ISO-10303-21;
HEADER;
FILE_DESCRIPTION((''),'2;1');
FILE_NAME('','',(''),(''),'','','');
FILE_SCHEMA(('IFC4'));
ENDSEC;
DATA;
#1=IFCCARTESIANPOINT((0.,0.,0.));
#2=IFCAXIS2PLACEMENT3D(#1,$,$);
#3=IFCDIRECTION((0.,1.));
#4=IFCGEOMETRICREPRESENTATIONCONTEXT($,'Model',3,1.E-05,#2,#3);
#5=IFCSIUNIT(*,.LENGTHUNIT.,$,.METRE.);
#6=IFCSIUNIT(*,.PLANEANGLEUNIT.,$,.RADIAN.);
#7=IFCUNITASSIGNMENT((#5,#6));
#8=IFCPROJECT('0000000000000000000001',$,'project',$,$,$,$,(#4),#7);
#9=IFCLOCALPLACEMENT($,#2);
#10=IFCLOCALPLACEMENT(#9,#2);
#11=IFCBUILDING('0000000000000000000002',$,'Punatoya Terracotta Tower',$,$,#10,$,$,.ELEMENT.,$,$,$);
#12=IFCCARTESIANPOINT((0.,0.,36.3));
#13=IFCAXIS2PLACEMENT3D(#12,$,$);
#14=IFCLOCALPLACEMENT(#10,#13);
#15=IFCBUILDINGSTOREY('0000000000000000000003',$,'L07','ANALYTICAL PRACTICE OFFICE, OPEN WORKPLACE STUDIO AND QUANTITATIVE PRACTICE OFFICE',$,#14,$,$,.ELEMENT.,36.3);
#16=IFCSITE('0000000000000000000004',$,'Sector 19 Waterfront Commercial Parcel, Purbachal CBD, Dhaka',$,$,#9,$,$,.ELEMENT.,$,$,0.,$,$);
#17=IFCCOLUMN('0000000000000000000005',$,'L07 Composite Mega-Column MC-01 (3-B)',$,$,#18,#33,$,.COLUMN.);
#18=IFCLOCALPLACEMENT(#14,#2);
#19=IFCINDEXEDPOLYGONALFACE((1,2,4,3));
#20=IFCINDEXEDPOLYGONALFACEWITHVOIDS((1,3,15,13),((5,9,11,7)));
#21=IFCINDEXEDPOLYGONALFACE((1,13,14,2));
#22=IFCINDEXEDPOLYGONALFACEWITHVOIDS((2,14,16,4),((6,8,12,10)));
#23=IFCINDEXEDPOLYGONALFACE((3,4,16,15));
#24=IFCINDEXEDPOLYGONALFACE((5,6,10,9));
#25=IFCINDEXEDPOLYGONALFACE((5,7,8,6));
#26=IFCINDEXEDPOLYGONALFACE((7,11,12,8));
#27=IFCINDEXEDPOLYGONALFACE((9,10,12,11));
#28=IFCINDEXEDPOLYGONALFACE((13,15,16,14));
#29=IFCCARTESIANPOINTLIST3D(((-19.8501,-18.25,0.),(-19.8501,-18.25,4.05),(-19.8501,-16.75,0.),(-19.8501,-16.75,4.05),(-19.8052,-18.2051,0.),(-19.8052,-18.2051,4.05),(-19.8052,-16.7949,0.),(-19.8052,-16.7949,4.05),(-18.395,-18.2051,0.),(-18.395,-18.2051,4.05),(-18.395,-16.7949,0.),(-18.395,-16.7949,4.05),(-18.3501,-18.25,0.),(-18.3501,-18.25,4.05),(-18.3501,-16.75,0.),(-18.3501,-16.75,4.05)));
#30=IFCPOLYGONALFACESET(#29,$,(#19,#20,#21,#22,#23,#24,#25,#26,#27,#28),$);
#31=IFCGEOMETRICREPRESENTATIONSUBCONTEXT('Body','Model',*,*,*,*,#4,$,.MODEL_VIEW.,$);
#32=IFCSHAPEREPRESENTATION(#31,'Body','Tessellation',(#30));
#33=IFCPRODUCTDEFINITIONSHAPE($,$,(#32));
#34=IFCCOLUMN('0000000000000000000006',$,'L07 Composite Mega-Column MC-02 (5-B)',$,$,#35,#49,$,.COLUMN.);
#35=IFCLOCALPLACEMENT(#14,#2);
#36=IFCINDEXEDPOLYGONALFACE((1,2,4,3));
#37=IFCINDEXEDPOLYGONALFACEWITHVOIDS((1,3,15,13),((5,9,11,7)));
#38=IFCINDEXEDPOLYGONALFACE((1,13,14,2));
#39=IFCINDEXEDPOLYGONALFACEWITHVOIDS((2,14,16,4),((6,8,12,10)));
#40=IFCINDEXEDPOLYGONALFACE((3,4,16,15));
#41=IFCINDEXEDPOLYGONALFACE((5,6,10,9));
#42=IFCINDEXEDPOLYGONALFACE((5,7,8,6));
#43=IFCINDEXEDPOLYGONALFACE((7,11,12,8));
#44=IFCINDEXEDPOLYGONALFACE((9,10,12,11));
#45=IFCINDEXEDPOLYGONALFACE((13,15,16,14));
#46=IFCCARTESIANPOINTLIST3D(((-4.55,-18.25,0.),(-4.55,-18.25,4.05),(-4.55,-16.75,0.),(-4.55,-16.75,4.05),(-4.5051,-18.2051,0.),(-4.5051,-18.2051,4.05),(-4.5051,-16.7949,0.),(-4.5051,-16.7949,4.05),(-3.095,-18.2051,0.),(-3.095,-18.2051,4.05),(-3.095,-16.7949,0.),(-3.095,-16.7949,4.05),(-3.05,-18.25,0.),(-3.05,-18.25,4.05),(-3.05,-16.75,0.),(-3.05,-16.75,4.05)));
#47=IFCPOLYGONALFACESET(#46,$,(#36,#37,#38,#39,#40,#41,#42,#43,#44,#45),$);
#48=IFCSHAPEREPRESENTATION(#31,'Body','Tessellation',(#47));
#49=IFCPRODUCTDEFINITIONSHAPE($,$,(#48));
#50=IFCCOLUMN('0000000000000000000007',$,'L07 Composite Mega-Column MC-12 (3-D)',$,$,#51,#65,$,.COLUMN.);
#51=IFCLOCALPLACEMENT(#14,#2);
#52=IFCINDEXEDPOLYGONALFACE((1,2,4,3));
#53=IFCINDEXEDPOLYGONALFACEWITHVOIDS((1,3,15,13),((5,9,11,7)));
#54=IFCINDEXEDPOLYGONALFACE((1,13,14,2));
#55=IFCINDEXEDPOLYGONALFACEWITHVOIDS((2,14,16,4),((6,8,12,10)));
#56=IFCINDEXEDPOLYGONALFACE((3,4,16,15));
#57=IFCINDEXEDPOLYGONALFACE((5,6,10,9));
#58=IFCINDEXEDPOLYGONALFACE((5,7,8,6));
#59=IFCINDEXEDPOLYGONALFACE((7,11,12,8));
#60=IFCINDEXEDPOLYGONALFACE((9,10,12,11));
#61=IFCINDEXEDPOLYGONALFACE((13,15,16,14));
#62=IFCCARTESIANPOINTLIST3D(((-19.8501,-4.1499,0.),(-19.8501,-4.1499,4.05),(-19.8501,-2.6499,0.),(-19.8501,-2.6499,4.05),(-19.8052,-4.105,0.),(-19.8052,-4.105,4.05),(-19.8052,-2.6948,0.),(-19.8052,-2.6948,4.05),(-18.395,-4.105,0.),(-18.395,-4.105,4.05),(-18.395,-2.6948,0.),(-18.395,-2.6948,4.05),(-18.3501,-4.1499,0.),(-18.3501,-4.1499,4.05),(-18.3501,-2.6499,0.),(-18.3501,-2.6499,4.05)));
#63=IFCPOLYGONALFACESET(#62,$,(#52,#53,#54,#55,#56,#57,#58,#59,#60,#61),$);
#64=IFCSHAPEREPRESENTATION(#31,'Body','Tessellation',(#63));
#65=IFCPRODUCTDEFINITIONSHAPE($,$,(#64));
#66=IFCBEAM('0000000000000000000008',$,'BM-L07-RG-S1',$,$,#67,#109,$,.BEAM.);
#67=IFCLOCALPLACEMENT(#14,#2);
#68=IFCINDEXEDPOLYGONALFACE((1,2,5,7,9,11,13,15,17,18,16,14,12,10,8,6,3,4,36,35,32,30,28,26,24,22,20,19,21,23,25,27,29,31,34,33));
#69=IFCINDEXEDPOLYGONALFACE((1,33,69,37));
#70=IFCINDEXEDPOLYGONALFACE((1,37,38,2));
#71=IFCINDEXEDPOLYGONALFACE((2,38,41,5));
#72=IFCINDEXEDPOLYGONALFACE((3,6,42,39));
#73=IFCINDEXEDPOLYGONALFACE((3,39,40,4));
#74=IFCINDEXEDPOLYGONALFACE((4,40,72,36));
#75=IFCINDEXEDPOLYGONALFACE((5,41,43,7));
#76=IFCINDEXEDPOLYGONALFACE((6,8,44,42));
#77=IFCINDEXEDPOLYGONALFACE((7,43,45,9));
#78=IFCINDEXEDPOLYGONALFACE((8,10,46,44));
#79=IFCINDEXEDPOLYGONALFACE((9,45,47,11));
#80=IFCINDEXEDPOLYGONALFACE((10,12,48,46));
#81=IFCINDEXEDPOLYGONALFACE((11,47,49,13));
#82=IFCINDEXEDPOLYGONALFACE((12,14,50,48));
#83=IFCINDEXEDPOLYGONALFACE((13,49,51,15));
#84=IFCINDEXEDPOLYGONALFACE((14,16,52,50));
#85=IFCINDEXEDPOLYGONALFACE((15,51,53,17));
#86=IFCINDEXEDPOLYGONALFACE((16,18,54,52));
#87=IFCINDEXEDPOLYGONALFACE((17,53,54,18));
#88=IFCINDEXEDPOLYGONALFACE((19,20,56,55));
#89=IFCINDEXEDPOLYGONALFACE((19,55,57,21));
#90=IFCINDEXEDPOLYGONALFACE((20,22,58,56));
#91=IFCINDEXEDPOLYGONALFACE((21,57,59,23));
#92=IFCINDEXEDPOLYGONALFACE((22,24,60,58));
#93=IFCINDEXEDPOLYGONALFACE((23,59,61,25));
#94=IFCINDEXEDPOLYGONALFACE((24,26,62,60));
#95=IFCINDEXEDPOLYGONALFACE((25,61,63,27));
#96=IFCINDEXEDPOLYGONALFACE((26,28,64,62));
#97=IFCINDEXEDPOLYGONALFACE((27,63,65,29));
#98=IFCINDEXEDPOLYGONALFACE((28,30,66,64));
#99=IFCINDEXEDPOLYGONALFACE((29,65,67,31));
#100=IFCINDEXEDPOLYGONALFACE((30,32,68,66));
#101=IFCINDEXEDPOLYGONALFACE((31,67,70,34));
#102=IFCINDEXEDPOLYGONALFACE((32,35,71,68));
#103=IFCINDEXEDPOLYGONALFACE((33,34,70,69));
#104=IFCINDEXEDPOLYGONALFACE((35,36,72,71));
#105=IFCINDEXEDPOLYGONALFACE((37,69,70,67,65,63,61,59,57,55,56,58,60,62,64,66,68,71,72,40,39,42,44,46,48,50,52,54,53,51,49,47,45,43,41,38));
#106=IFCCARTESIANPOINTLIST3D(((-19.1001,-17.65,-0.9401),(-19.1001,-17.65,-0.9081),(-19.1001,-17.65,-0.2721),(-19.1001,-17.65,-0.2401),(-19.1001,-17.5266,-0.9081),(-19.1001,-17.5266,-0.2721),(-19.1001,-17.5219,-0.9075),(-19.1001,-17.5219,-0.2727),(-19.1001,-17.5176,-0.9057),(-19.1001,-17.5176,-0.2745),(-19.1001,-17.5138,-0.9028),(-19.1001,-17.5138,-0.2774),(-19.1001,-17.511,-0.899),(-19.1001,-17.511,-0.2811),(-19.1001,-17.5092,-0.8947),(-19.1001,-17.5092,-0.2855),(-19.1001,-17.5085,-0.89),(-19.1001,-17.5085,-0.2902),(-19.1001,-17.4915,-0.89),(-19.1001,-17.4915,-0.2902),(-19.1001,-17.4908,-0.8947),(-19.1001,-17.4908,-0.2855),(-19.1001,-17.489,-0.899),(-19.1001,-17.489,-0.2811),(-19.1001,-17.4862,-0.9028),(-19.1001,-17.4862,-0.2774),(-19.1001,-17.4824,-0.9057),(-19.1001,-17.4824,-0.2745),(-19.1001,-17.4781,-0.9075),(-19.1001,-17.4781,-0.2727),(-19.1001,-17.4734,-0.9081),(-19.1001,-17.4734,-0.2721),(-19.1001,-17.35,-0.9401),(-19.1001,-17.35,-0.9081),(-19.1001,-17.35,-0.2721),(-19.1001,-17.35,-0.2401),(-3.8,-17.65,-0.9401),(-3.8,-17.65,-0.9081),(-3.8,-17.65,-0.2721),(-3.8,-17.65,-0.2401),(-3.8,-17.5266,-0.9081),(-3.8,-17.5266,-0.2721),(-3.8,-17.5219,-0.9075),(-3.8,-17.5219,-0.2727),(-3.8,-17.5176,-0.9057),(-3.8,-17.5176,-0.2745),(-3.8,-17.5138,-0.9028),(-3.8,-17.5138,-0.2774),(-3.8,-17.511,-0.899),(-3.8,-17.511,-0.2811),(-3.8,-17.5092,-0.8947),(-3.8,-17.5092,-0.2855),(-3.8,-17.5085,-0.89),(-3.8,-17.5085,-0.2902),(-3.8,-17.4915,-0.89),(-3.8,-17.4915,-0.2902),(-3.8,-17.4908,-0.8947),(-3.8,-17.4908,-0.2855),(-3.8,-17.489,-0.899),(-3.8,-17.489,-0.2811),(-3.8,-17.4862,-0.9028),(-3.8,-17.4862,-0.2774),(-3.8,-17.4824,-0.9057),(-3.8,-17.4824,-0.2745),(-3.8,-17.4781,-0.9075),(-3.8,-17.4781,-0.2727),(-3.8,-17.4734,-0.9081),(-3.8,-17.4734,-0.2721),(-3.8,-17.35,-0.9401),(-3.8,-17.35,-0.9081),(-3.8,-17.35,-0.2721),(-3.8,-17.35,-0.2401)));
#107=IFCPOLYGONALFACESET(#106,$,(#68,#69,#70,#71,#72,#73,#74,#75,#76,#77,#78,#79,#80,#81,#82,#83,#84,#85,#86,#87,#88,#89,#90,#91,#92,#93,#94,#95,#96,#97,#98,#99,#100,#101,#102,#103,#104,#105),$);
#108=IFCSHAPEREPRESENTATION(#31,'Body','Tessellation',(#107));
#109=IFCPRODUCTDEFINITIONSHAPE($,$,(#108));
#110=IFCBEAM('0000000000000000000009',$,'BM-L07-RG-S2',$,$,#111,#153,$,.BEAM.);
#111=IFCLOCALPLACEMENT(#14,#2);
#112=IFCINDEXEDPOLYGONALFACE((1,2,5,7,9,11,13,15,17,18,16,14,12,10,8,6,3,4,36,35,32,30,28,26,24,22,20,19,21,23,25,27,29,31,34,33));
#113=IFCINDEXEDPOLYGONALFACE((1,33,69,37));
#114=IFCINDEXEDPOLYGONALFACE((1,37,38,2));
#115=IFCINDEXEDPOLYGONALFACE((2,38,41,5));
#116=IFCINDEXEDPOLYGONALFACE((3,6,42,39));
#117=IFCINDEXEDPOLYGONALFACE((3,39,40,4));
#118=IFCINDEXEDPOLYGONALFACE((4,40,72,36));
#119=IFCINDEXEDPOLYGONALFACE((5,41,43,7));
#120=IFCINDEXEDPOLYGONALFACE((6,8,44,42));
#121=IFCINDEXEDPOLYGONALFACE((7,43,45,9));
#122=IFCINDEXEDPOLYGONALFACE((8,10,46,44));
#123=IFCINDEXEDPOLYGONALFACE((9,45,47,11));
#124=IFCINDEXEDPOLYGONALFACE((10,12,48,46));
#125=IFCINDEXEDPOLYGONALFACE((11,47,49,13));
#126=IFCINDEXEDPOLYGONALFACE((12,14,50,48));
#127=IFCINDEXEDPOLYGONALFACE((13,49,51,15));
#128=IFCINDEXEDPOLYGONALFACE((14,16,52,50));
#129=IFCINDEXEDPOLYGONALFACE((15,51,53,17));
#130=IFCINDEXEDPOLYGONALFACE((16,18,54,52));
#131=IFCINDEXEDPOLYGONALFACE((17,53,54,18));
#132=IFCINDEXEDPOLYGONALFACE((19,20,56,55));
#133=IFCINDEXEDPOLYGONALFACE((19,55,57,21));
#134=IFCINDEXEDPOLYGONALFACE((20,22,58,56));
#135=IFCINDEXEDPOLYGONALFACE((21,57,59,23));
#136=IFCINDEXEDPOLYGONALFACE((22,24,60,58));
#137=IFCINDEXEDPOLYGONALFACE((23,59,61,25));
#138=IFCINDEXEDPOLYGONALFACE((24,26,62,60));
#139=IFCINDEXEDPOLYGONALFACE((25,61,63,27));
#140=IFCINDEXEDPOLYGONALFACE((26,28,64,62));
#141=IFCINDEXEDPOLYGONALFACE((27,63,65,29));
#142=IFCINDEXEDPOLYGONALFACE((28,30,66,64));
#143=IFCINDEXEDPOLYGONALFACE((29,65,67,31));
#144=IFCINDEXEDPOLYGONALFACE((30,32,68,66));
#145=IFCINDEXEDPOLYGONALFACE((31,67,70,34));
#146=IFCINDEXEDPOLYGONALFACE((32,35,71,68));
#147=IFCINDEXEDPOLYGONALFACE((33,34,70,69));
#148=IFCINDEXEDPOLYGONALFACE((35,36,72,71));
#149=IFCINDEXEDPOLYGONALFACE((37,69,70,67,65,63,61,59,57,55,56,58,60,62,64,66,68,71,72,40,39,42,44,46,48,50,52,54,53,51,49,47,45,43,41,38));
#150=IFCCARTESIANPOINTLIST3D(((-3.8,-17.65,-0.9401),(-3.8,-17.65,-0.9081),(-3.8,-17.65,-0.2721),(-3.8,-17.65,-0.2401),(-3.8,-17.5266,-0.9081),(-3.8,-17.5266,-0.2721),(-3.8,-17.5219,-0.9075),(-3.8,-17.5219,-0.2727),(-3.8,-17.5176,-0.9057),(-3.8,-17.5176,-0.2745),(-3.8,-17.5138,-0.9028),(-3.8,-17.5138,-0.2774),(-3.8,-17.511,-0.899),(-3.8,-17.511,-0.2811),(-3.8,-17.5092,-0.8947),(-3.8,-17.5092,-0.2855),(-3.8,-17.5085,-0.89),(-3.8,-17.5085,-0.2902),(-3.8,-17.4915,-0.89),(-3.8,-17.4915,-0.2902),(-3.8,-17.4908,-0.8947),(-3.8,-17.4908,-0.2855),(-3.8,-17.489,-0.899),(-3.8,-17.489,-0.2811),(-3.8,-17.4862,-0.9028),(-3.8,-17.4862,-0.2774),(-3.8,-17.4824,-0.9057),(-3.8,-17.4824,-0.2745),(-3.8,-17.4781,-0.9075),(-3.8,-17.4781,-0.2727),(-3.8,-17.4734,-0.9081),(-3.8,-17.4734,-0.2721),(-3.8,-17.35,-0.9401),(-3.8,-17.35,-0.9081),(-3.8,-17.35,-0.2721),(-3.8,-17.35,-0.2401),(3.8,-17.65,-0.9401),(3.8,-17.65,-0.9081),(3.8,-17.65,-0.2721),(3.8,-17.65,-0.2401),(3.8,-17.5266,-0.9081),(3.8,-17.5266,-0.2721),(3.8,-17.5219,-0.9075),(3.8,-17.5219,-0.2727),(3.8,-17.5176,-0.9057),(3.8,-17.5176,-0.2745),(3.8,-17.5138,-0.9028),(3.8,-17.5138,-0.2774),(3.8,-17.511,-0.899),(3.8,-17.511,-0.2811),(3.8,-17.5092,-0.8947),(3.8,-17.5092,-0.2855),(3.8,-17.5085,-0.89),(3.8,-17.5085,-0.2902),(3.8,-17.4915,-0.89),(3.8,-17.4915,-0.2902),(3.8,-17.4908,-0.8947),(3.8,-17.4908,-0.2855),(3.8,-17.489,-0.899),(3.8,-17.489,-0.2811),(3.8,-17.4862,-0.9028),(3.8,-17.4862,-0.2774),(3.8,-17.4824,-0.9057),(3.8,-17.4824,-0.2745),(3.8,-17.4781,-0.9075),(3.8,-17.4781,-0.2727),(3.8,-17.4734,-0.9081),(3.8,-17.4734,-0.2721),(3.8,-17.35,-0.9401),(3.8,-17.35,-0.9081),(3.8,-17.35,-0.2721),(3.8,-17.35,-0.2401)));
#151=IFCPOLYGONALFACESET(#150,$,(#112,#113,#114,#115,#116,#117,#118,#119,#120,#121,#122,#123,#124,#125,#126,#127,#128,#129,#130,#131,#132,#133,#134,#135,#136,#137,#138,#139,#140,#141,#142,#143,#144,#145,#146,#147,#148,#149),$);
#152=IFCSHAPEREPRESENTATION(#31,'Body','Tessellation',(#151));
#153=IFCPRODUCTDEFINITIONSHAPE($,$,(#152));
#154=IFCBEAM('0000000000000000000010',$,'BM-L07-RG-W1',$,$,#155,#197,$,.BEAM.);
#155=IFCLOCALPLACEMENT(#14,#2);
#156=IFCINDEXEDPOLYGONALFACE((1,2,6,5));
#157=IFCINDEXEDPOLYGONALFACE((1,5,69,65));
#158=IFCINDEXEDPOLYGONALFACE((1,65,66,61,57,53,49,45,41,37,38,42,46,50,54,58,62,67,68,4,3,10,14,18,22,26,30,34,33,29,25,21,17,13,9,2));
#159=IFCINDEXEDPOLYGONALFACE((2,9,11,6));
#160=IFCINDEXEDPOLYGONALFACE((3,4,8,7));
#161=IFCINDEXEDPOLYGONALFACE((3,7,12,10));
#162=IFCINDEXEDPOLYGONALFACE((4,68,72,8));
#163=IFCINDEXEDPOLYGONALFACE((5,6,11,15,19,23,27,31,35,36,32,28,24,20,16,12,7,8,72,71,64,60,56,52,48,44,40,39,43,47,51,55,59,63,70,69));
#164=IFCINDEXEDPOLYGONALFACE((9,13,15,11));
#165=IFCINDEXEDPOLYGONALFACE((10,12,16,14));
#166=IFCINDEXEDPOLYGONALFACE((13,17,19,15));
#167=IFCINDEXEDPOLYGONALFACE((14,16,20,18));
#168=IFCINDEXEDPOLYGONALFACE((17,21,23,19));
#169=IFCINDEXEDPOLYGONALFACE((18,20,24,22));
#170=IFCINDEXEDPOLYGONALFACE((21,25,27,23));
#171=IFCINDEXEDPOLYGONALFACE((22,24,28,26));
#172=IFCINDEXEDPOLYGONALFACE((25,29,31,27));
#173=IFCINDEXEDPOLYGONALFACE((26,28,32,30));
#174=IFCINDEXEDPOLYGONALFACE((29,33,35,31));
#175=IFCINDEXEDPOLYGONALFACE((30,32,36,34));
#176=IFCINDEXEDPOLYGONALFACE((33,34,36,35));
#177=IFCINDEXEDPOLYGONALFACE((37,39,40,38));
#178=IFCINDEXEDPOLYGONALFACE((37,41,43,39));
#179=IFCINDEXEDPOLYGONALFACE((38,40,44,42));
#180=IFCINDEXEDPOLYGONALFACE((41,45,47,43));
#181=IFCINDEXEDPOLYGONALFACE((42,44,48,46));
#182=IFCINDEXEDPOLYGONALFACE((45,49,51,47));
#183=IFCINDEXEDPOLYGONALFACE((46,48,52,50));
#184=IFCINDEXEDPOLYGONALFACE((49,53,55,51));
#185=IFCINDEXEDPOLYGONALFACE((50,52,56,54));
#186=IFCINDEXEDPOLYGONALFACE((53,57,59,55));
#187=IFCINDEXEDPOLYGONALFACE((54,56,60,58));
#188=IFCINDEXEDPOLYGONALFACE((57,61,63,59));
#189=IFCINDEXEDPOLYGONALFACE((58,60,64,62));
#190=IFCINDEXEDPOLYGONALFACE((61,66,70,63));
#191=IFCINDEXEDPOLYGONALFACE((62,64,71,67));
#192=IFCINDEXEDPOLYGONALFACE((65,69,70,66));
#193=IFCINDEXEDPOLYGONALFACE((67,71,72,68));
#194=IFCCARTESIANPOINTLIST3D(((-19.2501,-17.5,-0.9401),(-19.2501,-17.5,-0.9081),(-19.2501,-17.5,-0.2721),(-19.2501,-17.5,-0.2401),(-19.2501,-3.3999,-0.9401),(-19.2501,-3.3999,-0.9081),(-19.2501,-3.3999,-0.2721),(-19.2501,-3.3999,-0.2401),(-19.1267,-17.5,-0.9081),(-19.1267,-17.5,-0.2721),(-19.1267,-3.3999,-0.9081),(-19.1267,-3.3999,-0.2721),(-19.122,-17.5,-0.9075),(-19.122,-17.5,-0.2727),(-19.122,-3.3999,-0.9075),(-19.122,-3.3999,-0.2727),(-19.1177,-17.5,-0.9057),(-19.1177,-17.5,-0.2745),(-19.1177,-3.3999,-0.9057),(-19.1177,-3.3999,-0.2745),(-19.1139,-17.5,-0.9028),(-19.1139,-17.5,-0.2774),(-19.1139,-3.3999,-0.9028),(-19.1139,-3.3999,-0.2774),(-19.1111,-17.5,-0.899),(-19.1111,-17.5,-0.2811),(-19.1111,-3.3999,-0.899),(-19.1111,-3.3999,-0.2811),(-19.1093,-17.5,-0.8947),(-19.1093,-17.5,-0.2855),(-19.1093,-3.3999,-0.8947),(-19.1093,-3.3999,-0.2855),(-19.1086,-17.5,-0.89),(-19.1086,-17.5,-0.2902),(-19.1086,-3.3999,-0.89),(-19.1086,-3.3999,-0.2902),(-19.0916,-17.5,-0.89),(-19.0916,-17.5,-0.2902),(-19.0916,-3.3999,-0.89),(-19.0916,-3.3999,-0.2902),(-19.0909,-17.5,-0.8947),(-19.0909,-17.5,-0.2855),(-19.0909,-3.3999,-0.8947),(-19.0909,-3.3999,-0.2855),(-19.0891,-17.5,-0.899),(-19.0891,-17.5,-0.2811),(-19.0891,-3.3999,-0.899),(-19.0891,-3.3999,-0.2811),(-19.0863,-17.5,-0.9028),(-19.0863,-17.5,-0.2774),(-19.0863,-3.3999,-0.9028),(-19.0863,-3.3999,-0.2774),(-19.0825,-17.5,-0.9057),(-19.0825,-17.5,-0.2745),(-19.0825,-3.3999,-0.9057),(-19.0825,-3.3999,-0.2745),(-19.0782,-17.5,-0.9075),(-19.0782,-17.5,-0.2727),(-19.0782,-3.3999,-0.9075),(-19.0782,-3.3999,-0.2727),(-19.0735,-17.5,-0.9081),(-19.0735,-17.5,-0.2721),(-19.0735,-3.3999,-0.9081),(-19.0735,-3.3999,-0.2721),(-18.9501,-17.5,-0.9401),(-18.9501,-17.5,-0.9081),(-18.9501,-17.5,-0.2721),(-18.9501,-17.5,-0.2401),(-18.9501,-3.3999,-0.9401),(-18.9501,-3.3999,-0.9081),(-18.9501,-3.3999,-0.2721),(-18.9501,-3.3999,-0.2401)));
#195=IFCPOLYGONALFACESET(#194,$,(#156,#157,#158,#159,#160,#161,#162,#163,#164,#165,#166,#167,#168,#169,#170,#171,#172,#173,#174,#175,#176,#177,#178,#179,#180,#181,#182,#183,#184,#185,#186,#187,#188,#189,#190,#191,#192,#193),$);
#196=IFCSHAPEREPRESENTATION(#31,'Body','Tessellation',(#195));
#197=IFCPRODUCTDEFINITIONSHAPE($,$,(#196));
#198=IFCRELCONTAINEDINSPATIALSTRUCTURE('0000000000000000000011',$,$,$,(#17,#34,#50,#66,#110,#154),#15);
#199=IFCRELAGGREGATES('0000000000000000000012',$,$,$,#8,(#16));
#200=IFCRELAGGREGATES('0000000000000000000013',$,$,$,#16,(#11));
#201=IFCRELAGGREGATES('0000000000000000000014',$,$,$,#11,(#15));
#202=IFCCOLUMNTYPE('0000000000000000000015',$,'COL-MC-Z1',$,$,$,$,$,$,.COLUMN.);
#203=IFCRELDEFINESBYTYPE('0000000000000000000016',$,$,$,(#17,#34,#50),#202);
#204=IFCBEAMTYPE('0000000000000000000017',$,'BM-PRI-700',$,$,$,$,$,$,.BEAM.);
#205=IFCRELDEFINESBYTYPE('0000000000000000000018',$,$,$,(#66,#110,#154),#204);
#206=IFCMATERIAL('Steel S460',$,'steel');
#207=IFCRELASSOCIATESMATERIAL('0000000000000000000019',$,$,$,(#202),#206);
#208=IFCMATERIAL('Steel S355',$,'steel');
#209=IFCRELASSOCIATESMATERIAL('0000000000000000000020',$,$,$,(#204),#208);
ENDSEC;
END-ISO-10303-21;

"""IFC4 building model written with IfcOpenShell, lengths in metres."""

from ifc_helpers import new_model, si_unit, direction, frame, origin, origin_2d, place, context, subcontext, project, spatial, hollow_rectangle, i_section, extrude, material, material_profile, profile_set, type_object, element, save


model = new_model("IFC4")

# Units and contexts
model_context = context("Model", 3, precision=1e-05, world=origin(), true_north=direction((0.0, 1.0)))
body_context = subcontext(model_context, "Body", "Model", "MODEL_VIEW")
ifc_project = project(units=[si_unit("LENGTHUNIT", "METRE"), si_unit("PLANEANGLEUNIT", "RADIAN")], contexts=[model_context])

# Site, building, storey
site_placement = place(None, origin())
site = spatial("IfcSite", under=ifc_project, at=site_placement, Name="Sector 19 Waterfront Commercial Parcel, Purbachal CBD, Dhaka", CompositionType="ELEMENT", RefElevation=0.0)
building_placement = place(site_placement, origin())
building = spatial("IfcBuilding", under=site, at=building_placement, Name="Punatoya Terracotta Tower", CompositionType="ELEMENT")
storey_placement = place(building_placement, frame((0.0, 0.0, 36.3)))
storey = spatial("IfcBuildingStorey", under=building, at=storey_placement, Name="L07", Description="ANALYTICAL PRACTICE OFFICE, OPEN WORKPLACE STUDIO AND QUANTITATIVE PRACTICE OFFICE", CompositionType="ELEMENT", Elevation=36.3)

# Columns
ifc_material_1 = material(Name="Steel S460", Category="steel")
ifc_material_profile_1 = material_profile(ifc_material_1, hollow_rectangle(XDim=1.5, YDim=1.5, WallThickness=0.0449, at=origin_2d()))
ifc_profile_set_1 = profile_set([ifc_material_profile_1], Name="Steel S460")
column_type = type_object("IfcColumnType", Name="COL-MC-Z1", PredefinedType="COLUMN", material=ifc_profile_set_1)
for number, where, z_axis, x_axis, name in (
    (1, (-19.1001, -17.5, 0.0), (0.0, 0.0, 1.0), (1.0, 0.0, 0.0), "L07 Composite Mega-Column MC-01 (3-B)"),
    (2, (-3.8, -17.5, 0.0), (0.0, 0.0, 1.0), (1.0, 0.0, 0.0), "L07 Composite Mega-Column MC-02 (5-B)"),
    (3, (-19.1001, -3.3999, 0.0), (0.0, 0.0, 1.0), (1.0, 0.0, 0.0), "L07 Composite Mega-Column MC-12 (3-D)"),
):
    element("IfcColumn", number, at=place(storey_placement, frame(where, z_axis=z_axis, x_axis=x_axis)), inside=storey, type_object=column_type, Name=name, PredefinedType="COLUMN", context=body_context, shape_type="SweptSolid", body=[
        extrude(hollow_rectangle(XDim=1.5, YDim=1.5, WallThickness=0.0449, at=origin_2d()), origin(), (0.0, 0.0, 1.0), 4.05),
    ])

# Beams
ifc_material_2 = material(Name="Steel S355", Category="steel")
ifc_material_profile_2 = material_profile(ifc_material_2, i_section(OverallWidth=0.3, OverallDepth=0.7, WebThickness=0.0171, FlangeThickness=0.032, FilletRadius=0.0181, at=origin_2d()))
ifc_profile_set_2 = profile_set([ifc_material_profile_2], Name="Steel S355")
beam_type_1 = type_object("IfcBeamType", Name="BM-PRI-700", PredefinedType="BEAM", material=ifc_profile_set_2)
beam_1_placement = place(storey_placement, frame((-19.1001, -17.5, -0.5901), z_axis=(1.0, 0.0, 0.0), x_axis=(0.0, 1.0, 0.0)))
element("IfcBeam", 4, at=beam_1_placement, inside=storey, type_object=beam_type_1, Name="BM-L07-RG-S1", PredefinedType="BEAM", context=body_context, shape_type="SweptSolid", body=[
    extrude(i_section(OverallWidth=0.3, OverallDepth=0.7, WebThickness=0.0171, FlangeThickness=0.032, FilletRadius=0.0181, at=origin_2d()), origin(), (0.0, 0.0, 1.0), 15.3),
])
beam_2_placement = place(storey_placement, frame((-3.8, -17.5, -0.5901), z_axis=(1.0, 0.0, 0.0), x_axis=(0.0, 1.0, 0.0)))
element("IfcBeam", 5, at=beam_2_placement, inside=storey, type_object=beam_type_1, Name="BM-L07-RG-S2", PredefinedType="BEAM", context=body_context, shape_type="SweptSolid", body=[
    extrude(i_section(OverallWidth=0.3, OverallDepth=0.7, WebThickness=0.0171, FlangeThickness=0.032, FilletRadius=0.0181, at=origin_2d()), origin(), (0.0, 0.0, 1.0), 7.6001),
])
beam_3_placement = place(storey_placement, frame((-19.1001, -17.5, -0.5901), z_axis=(0.0, 1.0, 0.0), x_axis=(-1.0, 0.0, 0.0)))
element("IfcBeam", 6, at=beam_3_placement, inside=storey, type_object=beam_type_1, Name="BM-L07-RG-W1", PredefinedType="BEAM", context=body_context, shape_type="SweptSolid", body=[
    extrude(i_section(OverallWidth=0.3, OverallDepth=0.7, WebThickness=0.0171, FlangeThickness=0.032, FilletRadius=0.0181, at=origin_2d()), origin(), (0.0, 0.0, 1.0), 14.1001),
])

save(model, "model.ifc")
